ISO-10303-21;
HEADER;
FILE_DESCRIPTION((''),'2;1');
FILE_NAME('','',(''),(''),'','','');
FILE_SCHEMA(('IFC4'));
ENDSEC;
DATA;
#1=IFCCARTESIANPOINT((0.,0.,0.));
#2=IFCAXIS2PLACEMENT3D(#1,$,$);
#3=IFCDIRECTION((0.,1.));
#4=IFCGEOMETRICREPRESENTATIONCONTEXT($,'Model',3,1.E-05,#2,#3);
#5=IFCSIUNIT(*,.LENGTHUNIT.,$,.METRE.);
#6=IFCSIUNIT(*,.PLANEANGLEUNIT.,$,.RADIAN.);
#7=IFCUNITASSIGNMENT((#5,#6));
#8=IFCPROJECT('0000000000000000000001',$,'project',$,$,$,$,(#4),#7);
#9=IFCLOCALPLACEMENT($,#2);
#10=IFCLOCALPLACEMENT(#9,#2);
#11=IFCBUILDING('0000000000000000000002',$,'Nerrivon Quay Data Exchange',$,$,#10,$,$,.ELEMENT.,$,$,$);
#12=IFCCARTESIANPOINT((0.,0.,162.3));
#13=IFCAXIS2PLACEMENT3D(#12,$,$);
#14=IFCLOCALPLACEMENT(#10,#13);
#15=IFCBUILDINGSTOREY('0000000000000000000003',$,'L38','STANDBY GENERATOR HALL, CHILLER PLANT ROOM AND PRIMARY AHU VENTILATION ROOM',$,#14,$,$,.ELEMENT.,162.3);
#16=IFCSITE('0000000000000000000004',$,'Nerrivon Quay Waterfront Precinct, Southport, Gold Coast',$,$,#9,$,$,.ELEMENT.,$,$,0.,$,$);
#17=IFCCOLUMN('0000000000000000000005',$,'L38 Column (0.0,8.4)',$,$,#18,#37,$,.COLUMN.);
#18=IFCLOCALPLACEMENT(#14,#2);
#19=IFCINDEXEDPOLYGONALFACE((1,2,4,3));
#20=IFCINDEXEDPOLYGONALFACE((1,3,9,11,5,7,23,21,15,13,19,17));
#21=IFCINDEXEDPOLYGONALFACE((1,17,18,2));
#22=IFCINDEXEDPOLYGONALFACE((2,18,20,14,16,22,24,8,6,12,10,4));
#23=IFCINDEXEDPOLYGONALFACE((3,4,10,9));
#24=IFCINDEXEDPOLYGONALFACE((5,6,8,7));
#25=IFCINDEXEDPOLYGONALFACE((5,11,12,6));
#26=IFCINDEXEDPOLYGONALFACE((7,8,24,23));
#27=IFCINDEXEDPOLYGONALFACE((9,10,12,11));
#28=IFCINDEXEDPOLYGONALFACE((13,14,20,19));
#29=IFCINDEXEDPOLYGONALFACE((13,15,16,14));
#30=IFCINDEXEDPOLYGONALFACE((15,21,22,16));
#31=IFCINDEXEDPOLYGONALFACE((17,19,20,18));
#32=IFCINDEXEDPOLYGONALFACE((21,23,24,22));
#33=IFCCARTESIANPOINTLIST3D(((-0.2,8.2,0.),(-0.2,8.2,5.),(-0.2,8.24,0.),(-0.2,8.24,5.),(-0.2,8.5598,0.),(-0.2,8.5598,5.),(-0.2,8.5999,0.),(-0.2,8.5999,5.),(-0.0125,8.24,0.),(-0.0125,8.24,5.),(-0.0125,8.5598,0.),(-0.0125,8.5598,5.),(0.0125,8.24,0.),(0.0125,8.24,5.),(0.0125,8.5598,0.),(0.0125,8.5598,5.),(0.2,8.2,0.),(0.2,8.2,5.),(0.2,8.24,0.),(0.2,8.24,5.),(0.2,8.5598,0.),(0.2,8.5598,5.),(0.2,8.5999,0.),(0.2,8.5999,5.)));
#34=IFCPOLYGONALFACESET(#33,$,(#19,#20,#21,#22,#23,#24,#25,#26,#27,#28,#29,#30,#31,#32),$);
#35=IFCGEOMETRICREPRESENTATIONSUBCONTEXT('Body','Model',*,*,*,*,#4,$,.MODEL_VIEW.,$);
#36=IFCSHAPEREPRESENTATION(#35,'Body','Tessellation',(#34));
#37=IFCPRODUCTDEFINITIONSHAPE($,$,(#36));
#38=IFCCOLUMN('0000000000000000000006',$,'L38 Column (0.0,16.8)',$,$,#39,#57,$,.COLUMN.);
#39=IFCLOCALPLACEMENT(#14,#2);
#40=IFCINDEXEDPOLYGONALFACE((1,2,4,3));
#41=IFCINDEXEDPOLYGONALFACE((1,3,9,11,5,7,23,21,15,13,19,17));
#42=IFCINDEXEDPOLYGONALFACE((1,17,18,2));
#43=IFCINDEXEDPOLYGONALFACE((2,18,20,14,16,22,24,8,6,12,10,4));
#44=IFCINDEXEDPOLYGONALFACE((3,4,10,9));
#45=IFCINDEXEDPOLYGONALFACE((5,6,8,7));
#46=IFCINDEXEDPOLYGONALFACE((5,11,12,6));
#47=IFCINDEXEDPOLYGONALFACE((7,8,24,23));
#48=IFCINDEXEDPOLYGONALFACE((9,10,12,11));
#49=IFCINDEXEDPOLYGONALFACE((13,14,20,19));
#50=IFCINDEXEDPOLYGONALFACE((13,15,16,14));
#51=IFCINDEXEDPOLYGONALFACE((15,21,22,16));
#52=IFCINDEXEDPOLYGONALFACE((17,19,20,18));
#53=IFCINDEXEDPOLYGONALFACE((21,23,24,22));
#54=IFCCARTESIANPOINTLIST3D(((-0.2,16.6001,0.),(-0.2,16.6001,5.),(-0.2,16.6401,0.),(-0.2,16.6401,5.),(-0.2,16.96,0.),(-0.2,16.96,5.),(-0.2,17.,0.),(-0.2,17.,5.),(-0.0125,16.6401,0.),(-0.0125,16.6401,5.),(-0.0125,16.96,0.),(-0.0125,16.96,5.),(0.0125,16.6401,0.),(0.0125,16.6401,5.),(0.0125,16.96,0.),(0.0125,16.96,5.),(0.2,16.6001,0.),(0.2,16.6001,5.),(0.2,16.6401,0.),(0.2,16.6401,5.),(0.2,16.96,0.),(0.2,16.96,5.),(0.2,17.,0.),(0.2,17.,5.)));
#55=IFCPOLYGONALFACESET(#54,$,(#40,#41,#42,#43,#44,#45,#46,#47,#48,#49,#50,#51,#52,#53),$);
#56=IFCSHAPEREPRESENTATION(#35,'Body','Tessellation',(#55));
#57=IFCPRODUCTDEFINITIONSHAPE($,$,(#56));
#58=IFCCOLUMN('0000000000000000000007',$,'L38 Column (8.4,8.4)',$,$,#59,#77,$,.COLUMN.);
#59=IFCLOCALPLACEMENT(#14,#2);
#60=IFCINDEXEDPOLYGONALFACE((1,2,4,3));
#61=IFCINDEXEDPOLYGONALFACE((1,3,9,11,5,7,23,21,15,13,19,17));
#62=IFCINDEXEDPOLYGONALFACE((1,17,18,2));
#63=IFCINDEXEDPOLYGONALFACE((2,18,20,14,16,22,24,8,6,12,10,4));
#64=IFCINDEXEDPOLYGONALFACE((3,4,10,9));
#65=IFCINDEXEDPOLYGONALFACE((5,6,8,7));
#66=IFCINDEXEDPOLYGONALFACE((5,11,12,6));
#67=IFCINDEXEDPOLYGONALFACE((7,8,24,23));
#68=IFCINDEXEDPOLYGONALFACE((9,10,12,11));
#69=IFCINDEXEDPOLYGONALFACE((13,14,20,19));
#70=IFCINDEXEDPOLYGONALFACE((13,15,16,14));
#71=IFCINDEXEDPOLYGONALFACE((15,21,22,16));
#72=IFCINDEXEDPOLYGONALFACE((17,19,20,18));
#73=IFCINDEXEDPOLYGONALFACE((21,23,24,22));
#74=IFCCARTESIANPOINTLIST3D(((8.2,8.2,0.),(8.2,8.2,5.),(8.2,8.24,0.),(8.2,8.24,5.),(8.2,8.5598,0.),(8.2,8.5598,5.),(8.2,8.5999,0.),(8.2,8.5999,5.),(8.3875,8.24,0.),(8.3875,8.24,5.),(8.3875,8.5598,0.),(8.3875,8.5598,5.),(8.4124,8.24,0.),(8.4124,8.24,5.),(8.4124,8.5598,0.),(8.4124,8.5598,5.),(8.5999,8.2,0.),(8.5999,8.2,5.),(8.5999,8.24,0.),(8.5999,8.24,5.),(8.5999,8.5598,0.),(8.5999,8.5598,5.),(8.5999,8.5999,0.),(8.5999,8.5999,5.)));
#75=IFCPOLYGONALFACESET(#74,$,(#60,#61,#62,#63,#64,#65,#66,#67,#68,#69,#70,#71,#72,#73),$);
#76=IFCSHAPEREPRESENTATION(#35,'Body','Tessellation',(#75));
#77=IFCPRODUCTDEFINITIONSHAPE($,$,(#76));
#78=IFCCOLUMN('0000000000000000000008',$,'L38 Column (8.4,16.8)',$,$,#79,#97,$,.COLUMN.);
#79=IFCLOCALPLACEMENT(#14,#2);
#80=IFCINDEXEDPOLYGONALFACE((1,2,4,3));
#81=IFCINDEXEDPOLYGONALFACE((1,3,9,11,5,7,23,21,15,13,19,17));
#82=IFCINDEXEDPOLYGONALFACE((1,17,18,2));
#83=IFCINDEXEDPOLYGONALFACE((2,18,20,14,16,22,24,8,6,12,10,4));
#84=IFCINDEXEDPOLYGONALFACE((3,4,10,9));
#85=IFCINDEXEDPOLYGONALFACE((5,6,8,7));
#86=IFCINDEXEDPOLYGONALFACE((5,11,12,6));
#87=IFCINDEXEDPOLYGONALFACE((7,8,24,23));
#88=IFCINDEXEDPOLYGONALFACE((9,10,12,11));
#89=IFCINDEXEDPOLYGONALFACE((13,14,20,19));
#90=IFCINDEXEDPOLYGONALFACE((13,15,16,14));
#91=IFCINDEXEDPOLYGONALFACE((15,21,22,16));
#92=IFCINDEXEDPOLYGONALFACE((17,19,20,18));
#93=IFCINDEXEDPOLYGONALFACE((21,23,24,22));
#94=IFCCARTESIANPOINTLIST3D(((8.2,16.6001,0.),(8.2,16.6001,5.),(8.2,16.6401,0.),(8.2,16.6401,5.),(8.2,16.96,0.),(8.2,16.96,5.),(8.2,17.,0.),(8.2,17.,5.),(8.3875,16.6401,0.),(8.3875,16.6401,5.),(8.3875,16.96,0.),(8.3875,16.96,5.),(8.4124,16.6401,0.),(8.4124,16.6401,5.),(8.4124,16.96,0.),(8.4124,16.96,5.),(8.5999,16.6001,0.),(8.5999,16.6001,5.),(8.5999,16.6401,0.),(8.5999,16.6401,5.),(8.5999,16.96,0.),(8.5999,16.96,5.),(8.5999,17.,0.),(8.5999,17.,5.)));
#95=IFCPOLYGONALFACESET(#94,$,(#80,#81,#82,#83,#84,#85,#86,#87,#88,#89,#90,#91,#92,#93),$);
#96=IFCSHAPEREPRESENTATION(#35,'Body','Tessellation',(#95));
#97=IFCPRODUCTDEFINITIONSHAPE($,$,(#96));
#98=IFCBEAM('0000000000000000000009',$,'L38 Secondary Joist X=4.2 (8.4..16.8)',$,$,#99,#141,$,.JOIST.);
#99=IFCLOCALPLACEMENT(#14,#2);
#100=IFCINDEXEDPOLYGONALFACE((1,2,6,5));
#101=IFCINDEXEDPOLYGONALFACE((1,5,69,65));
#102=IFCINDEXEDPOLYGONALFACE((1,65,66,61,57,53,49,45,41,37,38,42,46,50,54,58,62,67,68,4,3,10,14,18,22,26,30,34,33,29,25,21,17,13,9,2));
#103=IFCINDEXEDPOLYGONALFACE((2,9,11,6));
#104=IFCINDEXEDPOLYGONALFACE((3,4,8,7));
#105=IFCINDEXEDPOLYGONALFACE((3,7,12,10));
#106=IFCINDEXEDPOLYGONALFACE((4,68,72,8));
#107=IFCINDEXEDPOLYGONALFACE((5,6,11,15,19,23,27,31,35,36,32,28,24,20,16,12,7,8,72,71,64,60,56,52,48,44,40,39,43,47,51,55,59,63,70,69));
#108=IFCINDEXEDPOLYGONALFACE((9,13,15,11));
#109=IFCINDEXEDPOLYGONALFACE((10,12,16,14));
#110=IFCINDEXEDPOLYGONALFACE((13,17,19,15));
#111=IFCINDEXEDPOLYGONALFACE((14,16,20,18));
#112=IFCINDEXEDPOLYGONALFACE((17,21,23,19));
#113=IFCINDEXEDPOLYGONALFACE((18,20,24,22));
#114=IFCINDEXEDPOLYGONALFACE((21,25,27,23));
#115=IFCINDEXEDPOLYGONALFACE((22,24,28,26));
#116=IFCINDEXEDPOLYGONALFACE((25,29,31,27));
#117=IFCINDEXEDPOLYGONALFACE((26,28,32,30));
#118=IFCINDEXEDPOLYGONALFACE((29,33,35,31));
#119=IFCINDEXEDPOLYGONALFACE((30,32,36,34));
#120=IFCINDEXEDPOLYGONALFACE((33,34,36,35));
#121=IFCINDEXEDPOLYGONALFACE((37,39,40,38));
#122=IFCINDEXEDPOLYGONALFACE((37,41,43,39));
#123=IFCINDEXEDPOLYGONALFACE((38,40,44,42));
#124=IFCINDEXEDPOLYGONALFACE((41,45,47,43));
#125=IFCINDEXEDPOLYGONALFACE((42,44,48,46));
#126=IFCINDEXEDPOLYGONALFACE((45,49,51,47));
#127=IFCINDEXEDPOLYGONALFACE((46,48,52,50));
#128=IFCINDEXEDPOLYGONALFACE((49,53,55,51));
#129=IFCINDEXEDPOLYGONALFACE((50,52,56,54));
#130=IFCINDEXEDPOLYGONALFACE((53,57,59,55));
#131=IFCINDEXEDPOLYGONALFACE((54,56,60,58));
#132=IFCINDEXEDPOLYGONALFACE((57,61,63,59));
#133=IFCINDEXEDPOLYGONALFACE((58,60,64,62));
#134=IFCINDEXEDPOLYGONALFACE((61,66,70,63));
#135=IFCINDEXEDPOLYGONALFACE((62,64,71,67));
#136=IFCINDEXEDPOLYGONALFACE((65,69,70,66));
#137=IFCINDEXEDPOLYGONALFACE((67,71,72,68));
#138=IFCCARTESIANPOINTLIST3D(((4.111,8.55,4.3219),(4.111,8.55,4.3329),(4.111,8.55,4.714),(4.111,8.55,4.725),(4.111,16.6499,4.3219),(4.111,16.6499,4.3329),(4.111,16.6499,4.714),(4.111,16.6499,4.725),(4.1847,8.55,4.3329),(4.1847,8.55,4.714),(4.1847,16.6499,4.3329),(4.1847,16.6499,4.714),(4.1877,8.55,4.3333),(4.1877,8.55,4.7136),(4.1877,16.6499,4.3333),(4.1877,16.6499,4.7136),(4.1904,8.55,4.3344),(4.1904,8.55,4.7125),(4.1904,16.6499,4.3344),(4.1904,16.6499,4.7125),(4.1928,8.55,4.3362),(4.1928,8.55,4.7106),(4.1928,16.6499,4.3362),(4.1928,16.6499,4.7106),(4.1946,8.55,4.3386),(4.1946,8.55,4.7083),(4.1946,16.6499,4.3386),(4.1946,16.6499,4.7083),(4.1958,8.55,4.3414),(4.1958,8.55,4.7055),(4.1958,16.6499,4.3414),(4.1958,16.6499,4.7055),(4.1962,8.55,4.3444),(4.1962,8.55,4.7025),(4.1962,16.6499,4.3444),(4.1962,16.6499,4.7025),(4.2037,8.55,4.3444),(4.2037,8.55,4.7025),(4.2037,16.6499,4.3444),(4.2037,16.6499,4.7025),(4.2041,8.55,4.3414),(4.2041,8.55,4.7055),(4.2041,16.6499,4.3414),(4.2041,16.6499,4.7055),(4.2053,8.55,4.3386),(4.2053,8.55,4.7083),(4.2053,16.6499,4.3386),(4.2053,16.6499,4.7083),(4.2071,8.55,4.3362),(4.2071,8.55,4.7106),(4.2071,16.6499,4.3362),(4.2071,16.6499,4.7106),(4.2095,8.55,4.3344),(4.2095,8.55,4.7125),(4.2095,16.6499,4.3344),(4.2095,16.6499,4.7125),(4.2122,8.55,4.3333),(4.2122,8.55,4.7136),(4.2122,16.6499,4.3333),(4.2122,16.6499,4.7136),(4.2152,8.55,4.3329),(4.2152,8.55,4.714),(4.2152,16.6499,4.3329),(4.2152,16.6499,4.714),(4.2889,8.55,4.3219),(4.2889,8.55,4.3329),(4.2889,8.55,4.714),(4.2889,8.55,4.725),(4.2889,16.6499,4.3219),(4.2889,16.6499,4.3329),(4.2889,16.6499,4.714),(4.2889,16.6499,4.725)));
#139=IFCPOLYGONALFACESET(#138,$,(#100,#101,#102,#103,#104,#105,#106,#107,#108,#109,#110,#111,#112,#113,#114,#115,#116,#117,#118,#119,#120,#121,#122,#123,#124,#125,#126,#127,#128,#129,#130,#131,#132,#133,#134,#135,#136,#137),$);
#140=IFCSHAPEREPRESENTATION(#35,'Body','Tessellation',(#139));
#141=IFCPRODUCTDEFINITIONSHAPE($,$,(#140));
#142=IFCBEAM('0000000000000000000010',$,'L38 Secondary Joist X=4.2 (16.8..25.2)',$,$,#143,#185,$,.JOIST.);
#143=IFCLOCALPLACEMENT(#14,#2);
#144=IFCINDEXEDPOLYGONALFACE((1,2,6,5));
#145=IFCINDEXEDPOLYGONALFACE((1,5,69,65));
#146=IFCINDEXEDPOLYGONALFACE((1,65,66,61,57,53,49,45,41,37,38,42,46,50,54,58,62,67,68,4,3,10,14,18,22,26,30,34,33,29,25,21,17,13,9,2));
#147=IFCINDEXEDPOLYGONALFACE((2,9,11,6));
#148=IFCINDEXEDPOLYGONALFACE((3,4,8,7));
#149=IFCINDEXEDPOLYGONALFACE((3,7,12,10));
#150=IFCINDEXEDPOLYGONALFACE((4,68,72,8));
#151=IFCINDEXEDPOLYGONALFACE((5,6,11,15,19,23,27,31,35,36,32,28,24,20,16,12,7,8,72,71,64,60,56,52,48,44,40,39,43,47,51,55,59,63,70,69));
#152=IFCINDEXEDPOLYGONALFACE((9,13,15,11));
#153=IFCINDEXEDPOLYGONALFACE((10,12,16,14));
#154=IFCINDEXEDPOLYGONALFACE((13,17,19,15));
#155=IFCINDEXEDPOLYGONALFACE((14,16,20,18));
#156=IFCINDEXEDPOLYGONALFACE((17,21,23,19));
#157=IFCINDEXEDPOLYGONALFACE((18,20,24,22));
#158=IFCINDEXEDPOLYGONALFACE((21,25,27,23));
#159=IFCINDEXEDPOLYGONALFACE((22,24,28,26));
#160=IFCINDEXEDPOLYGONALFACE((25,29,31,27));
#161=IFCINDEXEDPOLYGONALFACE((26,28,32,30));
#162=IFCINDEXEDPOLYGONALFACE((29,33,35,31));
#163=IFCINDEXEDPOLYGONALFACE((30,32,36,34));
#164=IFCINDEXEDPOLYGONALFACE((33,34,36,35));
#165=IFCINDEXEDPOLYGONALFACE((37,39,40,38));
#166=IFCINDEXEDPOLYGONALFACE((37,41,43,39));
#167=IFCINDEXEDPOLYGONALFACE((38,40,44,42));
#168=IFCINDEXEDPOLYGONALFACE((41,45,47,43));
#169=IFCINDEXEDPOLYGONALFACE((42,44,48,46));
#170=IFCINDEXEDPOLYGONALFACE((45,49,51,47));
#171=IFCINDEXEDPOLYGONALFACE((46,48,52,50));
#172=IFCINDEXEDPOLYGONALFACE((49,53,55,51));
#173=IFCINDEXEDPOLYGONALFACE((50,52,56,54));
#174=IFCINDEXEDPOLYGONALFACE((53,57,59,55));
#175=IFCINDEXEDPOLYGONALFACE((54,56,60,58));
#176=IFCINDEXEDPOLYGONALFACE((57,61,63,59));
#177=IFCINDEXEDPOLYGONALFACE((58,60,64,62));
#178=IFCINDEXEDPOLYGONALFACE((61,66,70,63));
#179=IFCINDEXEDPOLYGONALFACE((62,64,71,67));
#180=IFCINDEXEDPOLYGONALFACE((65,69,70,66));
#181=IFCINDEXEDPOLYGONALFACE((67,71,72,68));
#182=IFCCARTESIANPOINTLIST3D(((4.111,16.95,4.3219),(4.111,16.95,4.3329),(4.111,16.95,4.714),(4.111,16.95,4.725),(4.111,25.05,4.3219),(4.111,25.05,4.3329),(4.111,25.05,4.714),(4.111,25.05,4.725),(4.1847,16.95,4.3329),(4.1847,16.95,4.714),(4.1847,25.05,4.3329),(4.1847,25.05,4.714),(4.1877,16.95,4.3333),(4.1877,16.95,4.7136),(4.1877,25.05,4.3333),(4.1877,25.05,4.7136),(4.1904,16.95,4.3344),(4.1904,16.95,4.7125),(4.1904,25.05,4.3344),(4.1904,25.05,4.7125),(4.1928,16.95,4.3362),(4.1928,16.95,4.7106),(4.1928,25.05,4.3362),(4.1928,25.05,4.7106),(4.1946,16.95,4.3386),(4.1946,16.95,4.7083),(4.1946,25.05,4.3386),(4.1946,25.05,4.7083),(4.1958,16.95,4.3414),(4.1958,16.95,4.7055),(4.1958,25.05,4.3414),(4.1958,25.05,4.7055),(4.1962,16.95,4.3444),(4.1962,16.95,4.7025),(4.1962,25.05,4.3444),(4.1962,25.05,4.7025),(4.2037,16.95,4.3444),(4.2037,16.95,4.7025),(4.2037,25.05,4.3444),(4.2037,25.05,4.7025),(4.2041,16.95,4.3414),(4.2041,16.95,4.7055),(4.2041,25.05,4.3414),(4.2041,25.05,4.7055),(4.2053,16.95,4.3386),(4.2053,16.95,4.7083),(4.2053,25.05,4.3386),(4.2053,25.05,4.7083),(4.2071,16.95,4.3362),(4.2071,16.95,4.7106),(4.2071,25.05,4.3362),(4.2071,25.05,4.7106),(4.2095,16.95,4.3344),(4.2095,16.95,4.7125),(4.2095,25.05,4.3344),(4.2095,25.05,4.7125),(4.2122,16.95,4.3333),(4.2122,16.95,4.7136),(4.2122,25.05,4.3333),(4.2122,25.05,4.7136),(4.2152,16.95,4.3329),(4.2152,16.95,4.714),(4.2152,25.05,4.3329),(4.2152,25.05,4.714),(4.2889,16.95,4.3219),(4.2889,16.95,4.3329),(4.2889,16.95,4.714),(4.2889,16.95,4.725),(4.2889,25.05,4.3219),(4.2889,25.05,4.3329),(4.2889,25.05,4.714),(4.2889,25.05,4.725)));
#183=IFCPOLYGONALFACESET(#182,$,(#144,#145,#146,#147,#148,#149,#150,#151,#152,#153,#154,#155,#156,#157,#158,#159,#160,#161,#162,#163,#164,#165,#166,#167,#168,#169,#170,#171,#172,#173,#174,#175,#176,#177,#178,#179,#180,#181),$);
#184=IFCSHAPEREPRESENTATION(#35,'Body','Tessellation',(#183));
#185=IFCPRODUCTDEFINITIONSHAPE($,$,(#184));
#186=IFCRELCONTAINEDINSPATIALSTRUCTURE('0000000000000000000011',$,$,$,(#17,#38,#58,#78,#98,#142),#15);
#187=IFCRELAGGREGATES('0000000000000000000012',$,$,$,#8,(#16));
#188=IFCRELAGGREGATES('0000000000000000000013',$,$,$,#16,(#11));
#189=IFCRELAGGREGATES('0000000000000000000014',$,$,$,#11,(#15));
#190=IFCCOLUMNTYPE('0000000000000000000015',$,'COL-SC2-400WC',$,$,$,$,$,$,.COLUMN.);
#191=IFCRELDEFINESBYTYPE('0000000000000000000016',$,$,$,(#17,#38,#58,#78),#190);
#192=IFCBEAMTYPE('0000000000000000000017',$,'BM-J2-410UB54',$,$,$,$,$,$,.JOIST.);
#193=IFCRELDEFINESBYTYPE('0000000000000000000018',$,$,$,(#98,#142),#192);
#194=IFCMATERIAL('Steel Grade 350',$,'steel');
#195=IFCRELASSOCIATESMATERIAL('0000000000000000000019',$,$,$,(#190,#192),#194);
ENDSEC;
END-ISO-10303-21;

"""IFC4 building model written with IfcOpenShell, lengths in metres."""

from ifc_helpers import new_model, si_unit, direction, frame, origin, origin_2d, place, context, subcontext, project, spatial, i_section, extrude, material, material_profile, profile_set, type_object, element, save


model = new_model("IFC4")

# Units and contexts
model_context = context("Model", 3, precision=1e-05, world=origin(), true_north=direction((0.0, 1.0)))
body_context = subcontext(model_context, "Body", "Model", "MODEL_VIEW")
ifc_project = project(units=[si_unit("LENGTHUNIT", "METRE"), si_unit("PLANEANGLEUNIT", "RADIAN")], contexts=[model_context])

# Site, building, storey
site_placement = place(None, origin())
site = spatial("IfcSite", under=ifc_project, at=site_placement, Name="Nerrivon Quay Waterfront Precinct, Southport, Gold Coast", CompositionType="ELEMENT", RefElevation=0.0)
building_placement = place(site_placement, origin())
building = spatial("IfcBuilding", under=site, at=building_placement, Name="Nerrivon Quay Data Exchange", CompositionType="ELEMENT")
storey_placement = place(building_placement, frame((0.0, 0.0, 162.3)))
storey = spatial("IfcBuildingStorey", under=building, at=storey_placement, Name="L38", Description="STANDBY GENERATOR HALL, CHILLER PLANT ROOM AND PRIMARY AHU VENTILATION ROOM", CompositionType="ELEMENT", Elevation=162.3)

# Columns
ifc_material_1 = material(Name="Steel Grade 350", Category="steel")
ifc_material_profile_1 = material_profile(ifc_material_1, i_section(OverallWidth=0.3999, OverallDepth=0.3999, WebThickness=0.0249, FlangeThickness=0.04, at=origin_2d()), Name="400WC328")
ifc_profile_set_1 = profile_set([ifc_material_profile_1], Name="Steel Grade 350")
column_type = type_object("IfcColumnType", Name="COL-SC2-400WC", PredefinedType="COLUMN", material=ifc_profile_set_1)
for number, where, z_axis, x_axis, name in (
    (1, (0.0, 8.3999, 0.0), (0.0, 0.0, 1.0), (1.0, 0.0, 0.0), "L38 Column (0.0,8.4)"),
    (2, (0.0, 16.8, 0.0), (0.0, 0.0, 1.0), (1.0, 0.0, 0.0), "L38 Column (0.0,16.8)"),
    (3, (8.3999, 8.3999, 0.0), (0.0, 0.0, 1.0), (1.0, 0.0, 0.0), "L38 Column (8.4,8.4)"),
    (4, (8.3999, 16.8, 0.0), (0.0, 0.0, 1.0), (1.0, 0.0, 0.0), "L38 Column (8.4,16.8)"),
):
    element("IfcColumn", number, at=place(storey_placement, frame(where, z_axis=z_axis, x_axis=x_axis)), inside=storey, type_object=column_type, Name=name, PredefinedType="COLUMN", context=body_context, shape_type="SweptSolid", body=[
        extrude(i_section(OverallWidth=0.3999, OverallDepth=0.3999, WebThickness=0.0249, FlangeThickness=0.04, at=origin_2d()), origin(), (0.0, 0.0, 1.0), 5.0),
    ])

# Beams
ifc_material_profile_2 = material_profile(ifc_material_1, i_section(OverallWidth=0.178, OverallDepth=0.4031, WebThickness=0.0076, FlangeThickness=0.011, FilletRadius=0.0115, at=origin_2d()), Name="410UB53.7")
ifc_profile_set_2 = profile_set([ifc_material_profile_2], Name="Steel Grade 350")
beam_type_1 = type_object("IfcBeamType", Name="BM-J2-410UB54", PredefinedType="JOIST", material=ifc_profile_set_2)
beam_1_placement = place(storey_placement, frame((4.2, 8.55, 4.5234), z_axis=(0.0, 1.0, 0.0), x_axis=(-1.0, 0.0, 0.0)))
element("IfcBeam", 5, at=beam_1_placement, inside=storey, type_object=beam_type_1, Name="L38 Secondary Joist X=4.2 (8.4..16.8)", PredefinedType="JOIST", context=body_context, shape_type="SweptSolid", body=[
    extrude(i_section(OverallWidth=0.178, OverallDepth=0.4031, WebThickness=0.0076, FlangeThickness=0.011, FilletRadius=0.0115, at=origin_2d()), origin(), (0.0, 0.0, 1.0), 8.0999),
])
beam_2_placement = place(storey_placement, frame((4.2, 16.95, 4.5234), z_axis=(0.0, 1.0, 0.0), x_axis=(-1.0, 0.0, 0.0)))
element("IfcBeam", 6, at=beam_2_placement, inside=storey, type_object=beam_type_1, Name="L38 Secondary Joist X=4.2 (16.8..25.2)", PredefinedType="JOIST", context=body_context, shape_type="SweptSolid", body=[
    extrude(i_section(OverallWidth=0.178, OverallDepth=0.4031, WebThickness=0.0076, FlangeThickness=0.011, FilletRadius=0.0115, at=origin_2d()), origin(), (0.0, 0.0, 1.0), 8.1001),
])

save(model, "model.ifc")
